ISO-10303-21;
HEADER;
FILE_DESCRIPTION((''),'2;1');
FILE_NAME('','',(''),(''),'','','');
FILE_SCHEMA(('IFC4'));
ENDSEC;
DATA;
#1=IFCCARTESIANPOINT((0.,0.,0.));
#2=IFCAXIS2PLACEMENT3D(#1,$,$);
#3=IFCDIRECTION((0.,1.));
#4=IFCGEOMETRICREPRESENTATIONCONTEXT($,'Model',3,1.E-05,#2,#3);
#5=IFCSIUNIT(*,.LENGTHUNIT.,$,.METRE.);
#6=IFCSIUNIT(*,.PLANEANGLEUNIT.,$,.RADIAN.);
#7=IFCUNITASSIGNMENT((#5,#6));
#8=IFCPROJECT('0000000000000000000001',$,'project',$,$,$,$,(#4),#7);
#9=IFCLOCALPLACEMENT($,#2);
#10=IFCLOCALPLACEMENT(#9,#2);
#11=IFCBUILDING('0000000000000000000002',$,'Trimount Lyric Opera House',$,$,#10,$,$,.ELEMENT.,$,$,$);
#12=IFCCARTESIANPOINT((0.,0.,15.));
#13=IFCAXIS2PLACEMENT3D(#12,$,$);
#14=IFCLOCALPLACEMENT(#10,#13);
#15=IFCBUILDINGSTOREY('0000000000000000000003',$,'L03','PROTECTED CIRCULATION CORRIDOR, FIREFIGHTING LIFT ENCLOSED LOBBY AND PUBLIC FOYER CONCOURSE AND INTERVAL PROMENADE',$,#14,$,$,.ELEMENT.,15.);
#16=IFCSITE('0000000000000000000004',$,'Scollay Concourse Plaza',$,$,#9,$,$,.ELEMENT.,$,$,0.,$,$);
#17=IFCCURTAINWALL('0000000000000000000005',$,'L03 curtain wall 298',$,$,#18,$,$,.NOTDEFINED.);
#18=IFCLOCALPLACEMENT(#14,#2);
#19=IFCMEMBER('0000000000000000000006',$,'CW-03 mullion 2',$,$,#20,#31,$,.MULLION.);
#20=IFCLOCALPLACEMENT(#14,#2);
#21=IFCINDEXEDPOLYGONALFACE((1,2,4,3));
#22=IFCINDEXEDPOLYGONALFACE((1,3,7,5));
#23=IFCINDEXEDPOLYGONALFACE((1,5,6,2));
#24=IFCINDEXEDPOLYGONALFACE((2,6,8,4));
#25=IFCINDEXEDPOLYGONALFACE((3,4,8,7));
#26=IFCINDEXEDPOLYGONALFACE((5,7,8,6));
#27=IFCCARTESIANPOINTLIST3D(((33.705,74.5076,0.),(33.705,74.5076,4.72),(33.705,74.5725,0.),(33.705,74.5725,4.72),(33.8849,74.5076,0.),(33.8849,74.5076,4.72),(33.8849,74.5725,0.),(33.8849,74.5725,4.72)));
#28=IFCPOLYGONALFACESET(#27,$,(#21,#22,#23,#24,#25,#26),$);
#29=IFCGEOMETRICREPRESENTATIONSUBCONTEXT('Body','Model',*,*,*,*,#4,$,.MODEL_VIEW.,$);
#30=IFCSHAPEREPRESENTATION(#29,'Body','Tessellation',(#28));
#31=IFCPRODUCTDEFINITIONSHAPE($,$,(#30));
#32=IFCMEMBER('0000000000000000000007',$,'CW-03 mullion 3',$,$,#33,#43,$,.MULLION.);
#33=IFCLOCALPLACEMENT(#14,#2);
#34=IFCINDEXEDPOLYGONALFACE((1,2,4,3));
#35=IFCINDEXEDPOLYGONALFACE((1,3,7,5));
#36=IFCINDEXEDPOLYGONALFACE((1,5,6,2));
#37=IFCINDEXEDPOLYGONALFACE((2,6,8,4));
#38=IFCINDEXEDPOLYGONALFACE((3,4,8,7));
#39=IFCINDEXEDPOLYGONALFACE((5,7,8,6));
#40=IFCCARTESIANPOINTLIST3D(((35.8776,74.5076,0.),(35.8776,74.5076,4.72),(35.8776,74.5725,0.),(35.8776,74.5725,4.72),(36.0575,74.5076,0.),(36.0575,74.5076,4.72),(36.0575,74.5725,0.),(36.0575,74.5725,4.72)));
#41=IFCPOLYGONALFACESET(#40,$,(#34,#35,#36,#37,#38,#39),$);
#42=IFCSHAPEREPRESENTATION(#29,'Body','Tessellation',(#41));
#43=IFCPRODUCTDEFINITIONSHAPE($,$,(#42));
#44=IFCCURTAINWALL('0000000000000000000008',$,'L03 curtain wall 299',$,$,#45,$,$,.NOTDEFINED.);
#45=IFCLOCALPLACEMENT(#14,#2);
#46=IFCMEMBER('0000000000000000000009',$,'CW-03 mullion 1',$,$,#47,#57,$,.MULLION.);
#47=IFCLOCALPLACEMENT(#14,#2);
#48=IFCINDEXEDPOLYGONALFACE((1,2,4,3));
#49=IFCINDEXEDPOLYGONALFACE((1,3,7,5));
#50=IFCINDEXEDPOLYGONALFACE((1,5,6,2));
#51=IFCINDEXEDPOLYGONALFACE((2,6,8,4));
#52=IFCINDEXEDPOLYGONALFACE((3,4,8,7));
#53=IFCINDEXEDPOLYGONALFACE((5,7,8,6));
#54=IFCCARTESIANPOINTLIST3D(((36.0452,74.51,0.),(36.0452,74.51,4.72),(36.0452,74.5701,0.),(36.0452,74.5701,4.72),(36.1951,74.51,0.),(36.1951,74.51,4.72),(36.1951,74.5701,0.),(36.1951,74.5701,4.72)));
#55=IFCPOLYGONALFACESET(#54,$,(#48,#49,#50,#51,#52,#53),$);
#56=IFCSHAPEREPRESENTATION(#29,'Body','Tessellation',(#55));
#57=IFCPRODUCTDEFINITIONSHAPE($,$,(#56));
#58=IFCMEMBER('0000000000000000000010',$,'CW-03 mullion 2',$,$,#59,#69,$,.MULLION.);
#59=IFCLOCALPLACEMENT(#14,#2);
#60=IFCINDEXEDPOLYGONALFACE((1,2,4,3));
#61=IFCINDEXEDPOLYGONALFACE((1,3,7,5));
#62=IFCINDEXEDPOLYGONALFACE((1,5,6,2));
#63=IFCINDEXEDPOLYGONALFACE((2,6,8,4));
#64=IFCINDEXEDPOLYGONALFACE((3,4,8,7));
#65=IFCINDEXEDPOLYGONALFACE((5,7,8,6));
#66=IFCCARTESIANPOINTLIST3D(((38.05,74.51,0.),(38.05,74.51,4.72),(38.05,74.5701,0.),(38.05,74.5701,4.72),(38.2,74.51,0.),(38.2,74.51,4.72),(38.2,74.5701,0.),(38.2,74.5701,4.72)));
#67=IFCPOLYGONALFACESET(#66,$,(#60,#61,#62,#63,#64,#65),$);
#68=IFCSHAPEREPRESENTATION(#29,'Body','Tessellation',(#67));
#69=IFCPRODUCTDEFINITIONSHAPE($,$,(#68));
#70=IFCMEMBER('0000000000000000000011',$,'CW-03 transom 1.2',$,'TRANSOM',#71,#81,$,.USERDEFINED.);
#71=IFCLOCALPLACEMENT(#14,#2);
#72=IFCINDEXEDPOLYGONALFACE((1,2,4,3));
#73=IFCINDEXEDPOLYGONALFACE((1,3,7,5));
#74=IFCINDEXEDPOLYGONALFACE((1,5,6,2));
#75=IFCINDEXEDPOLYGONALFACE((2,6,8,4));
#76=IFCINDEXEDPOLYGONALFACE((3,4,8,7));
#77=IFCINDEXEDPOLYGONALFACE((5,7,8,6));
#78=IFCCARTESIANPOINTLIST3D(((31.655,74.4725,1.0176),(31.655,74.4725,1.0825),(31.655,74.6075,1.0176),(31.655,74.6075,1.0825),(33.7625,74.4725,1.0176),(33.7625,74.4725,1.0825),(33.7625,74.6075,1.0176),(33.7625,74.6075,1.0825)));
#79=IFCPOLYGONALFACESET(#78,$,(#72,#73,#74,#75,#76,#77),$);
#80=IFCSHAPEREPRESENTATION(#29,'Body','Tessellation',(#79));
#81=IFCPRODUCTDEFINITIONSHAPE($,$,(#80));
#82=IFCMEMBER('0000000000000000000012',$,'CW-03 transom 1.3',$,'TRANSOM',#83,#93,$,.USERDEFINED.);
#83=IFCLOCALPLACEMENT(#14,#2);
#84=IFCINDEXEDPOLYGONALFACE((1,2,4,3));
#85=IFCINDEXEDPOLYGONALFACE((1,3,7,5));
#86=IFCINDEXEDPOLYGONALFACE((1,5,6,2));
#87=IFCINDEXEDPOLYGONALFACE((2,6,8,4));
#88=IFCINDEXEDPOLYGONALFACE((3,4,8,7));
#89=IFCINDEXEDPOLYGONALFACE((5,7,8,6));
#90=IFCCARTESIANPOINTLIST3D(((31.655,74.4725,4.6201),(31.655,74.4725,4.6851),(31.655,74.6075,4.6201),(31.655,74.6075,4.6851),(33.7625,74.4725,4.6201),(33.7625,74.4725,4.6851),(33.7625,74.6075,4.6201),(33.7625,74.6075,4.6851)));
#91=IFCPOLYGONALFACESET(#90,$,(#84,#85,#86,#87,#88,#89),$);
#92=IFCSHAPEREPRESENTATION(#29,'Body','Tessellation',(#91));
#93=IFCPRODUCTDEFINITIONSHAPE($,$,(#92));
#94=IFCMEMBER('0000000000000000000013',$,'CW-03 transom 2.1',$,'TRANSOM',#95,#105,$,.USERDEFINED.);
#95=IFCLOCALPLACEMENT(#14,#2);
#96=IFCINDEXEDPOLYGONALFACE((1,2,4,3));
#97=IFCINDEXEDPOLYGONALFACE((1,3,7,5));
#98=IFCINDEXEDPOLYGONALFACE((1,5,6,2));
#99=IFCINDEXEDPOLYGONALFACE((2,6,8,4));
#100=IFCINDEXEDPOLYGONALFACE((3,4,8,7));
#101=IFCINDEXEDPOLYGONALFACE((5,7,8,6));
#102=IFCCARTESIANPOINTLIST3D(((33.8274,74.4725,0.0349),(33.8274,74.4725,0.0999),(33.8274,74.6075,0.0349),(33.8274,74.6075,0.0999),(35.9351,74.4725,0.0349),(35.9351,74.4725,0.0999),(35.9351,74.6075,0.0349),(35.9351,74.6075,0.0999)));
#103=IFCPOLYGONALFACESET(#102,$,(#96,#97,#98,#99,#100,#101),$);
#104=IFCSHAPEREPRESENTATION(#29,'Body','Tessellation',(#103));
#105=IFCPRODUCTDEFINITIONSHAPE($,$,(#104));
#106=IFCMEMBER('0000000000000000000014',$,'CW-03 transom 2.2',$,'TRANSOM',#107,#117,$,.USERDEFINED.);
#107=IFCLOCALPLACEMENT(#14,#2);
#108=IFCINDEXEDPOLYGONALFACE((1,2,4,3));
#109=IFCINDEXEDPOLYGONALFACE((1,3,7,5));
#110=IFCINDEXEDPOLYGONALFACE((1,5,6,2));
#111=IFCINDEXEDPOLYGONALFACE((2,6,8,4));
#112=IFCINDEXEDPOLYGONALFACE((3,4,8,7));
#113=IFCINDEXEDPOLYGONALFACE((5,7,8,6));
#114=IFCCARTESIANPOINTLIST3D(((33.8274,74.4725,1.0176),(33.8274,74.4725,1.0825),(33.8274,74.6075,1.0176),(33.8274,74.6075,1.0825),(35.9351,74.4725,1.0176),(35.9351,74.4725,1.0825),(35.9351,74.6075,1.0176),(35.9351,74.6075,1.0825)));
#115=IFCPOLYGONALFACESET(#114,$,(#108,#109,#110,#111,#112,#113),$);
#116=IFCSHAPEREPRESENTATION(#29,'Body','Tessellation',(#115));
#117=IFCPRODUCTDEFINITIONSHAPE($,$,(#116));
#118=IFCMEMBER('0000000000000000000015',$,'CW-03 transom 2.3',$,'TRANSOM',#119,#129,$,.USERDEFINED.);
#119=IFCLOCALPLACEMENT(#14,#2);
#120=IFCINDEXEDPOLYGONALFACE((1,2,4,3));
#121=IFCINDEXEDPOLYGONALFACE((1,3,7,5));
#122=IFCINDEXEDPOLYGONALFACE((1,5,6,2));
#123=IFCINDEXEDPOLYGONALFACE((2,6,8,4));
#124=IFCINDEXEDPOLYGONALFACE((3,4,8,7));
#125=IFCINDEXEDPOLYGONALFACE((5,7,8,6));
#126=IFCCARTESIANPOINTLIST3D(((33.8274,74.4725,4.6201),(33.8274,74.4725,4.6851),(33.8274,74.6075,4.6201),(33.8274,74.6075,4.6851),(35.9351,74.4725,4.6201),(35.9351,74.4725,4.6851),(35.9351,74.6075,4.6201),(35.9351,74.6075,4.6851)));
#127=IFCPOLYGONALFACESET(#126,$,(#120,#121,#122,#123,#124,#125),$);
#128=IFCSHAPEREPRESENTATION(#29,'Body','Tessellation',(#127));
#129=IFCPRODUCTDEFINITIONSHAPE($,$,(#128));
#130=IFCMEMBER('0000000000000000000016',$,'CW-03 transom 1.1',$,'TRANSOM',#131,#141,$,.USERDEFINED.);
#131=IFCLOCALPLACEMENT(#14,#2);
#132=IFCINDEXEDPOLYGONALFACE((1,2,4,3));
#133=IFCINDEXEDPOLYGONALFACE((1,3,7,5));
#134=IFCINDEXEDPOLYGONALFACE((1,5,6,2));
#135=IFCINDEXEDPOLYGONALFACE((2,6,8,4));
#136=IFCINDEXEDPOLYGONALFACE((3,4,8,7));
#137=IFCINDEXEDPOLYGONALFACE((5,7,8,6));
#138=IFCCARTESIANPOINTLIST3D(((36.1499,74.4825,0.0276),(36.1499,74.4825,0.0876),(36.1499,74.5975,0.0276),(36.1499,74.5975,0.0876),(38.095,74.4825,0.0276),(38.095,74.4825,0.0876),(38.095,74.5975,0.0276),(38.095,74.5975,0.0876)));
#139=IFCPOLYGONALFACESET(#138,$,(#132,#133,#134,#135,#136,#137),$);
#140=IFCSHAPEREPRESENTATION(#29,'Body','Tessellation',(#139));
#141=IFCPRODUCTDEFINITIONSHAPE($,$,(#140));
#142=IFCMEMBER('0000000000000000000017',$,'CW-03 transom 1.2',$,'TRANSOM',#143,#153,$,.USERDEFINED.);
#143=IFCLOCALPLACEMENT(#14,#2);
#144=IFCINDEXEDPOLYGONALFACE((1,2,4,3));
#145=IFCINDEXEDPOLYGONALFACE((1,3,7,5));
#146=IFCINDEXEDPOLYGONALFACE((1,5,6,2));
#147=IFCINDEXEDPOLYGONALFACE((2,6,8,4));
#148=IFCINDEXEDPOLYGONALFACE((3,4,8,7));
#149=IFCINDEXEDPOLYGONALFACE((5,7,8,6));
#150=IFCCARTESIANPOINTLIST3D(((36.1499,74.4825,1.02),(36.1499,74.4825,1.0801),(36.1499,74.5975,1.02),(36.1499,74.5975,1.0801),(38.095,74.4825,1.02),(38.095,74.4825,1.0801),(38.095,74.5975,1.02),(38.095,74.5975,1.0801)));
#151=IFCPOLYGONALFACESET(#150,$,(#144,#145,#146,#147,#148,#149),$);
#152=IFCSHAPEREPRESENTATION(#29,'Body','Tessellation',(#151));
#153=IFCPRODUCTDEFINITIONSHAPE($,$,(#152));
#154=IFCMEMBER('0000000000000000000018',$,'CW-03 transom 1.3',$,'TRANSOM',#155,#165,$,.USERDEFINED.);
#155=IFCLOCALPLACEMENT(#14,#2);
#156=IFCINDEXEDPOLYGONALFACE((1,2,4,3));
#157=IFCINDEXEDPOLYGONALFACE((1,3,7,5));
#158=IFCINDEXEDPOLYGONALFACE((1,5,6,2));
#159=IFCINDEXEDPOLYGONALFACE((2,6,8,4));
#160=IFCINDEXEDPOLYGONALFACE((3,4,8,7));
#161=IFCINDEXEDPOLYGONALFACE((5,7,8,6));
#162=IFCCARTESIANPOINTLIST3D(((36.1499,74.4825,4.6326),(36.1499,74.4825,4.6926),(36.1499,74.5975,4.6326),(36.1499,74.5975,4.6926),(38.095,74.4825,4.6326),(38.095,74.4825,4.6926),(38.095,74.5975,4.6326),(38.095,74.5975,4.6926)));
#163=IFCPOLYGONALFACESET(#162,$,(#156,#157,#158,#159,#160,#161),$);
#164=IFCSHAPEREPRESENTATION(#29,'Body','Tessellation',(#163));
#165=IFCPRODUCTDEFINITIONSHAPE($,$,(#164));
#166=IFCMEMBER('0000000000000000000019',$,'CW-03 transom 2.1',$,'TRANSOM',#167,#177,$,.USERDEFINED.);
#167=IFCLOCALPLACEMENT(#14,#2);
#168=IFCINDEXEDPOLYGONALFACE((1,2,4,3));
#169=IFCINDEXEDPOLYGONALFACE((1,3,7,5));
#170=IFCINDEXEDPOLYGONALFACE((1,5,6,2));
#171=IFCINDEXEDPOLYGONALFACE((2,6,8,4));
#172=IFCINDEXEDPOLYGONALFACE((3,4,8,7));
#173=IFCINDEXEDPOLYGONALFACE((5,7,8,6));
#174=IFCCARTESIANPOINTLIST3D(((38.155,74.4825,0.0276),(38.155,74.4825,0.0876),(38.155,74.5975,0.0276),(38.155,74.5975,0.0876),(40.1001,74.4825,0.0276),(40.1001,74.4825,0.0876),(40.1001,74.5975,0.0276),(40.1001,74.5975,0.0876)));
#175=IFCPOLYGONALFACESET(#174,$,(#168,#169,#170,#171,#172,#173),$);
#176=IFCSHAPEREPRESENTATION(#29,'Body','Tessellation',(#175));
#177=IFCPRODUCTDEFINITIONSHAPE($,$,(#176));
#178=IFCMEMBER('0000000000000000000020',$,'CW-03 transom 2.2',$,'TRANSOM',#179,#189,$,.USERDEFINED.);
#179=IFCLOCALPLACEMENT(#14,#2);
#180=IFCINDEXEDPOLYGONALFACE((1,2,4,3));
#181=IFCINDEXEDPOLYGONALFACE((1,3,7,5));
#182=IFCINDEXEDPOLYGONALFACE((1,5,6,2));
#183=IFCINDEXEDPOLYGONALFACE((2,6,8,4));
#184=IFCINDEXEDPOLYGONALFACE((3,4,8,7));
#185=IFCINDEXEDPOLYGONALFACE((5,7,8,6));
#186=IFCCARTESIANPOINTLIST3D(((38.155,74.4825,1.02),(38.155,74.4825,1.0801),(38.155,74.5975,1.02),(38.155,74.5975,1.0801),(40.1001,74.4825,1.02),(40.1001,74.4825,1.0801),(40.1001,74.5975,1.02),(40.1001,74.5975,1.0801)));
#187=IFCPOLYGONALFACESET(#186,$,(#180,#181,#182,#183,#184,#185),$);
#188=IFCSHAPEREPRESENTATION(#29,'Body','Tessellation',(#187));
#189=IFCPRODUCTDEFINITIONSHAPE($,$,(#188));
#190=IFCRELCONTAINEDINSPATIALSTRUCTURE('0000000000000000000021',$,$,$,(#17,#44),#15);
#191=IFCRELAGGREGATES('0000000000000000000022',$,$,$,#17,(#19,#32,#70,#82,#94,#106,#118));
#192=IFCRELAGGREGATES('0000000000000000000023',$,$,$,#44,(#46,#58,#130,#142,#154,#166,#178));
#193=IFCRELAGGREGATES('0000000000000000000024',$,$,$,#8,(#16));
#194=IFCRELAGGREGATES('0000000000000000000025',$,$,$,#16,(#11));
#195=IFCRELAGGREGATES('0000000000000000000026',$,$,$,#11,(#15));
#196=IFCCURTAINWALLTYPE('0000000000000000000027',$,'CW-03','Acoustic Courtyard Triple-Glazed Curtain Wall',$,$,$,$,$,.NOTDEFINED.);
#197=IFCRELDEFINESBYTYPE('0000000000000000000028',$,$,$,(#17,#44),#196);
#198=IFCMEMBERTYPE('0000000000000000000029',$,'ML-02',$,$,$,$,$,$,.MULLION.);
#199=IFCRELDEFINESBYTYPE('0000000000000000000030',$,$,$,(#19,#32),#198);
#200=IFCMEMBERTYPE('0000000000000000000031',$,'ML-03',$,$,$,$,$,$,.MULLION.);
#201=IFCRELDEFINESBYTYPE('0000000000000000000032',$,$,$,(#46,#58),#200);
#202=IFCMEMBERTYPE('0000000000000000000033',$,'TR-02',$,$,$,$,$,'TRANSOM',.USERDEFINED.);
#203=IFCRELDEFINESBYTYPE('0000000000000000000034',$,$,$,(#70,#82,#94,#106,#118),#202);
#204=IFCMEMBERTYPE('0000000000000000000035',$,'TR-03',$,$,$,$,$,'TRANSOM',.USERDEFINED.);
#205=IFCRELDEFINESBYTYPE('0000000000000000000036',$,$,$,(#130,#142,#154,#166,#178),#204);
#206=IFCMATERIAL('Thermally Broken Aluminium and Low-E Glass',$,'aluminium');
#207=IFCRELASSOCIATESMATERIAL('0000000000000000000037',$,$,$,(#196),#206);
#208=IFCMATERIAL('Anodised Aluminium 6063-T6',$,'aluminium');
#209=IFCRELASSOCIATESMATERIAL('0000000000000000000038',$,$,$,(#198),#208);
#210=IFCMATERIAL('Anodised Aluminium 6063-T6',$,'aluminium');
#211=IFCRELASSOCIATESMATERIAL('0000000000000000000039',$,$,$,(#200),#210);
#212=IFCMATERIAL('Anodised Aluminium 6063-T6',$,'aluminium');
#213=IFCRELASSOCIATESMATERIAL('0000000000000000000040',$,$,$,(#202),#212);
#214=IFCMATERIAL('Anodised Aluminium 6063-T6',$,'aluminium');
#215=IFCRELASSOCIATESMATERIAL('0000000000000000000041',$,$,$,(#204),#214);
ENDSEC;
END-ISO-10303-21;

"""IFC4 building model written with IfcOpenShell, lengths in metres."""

from ifc_helpers import new_model, si_unit, direction, frame, origin, origin_2d, place, context, subcontext, project, spatial, rectangle, extrude, material, material_profile, profile_set, type_object, element, aggregate, save


model = new_model("IFC4")

# Units and contexts
model_context = context("Model", 3, precision=1e-05, world=origin(), true_north=direction((0.0, 1.0)))
body_context = subcontext(model_context, "Body", "Model", "MODEL_VIEW")
ifc_project = project(units=[si_unit("LENGTHUNIT", "METRE"), si_unit("PLANEANGLEUNIT", "RADIAN")], contexts=[model_context])

# Site, building, storey
site_placement = place(None, origin())
site = spatial("IfcSite", under=ifc_project, at=site_placement, Name="Scollay Concourse Plaza", CompositionType="ELEMENT", RefElevation=0.0)
building_placement = place(site_placement, origin())
building = spatial("IfcBuilding", under=site, at=building_placement, Name="Trimount Lyric Opera House", CompositionType="ELEMENT")
storey_placement = place(building_placement, frame((0.0, 0.0, 15.0)))
storey = spatial("IfcBuildingStorey", under=building, at=storey_placement, Name="L03", Description="PROTECTED CIRCULATION CORRIDOR, FIREFIGHTING LIFT ENCLOSED LOBBY AND PUBLIC FOYER CONCOURSE AND INTERVAL PROMENADE", CompositionType="ELEMENT", Elevation=15.0)

# Curtain walls, members
ifc_material_1 = material(Name="Thermally Broken Aluminium and Low-E Glass", Category="aluminium")
curtain_wall_type = type_object("IfcCurtainWallType", Name="CW-03", Description="Acoustic Courtyard Triple-Glazed Curtain Wall", PredefinedType="NOTDEFINED", material=ifc_material_1)
curtain_wall_1_placement = place(storey_placement, origin())
curtain_wall_1 = element("IfcCurtainWall", 1, at=curtain_wall_1_placement, inside=storey, type_object=curtain_wall_type, Name="L03 curtain wall 298", PredefinedType="NOTDEFINED")
ifc_material_2 = material(Name="Anodised Aluminium 6063-T6", Category="aluminium")
ifc_material_profile_1 = material_profile(ifc_material_2, rectangle(XDim=0.0649, YDim=0.1799, at=origin_2d()), Name="ALU-MULL-65X180")
ifc_profile_set_1 = profile_set([ifc_material_profile_1], Name="Anodised Aluminium 6063-T6")
member_type_1 = type_object("IfcMemberType", Name="ML-02", PredefinedType="MULLION", material=ifc_profile_set_1)
member_1_placement = place(storey_placement, frame((33.7949, 74.54, 0.0), z_axis=(0.0, 0.0, 1.0), x_axis=(0.0, 1.0, 0.0)))
member_1 = element("IfcMember", 2, at=member_1_placement, type_object=member_type_1, Name="CW-03 mullion 2", PredefinedType="MULLION", context=body_context, shape_type="SweptSolid", body=[
    extrude(rectangle(XDim=0.0649, YDim=0.1799, at=origin_2d()), origin(), (0.0, 0.0, 1.0), 4.72),
])
member_2_placement = place(storey_placement, frame((35.9675, 74.54, 0.0), z_axis=(0.0, 0.0, 1.0), x_axis=(0.0, 1.0, 0.0)))
member_2 = element("IfcMember", 3, at=member_2_placement, type_object=member_type_1, Name="CW-03 mullion 3", PredefinedType="MULLION", context=body_context, shape_type="SweptSolid", body=[
    extrude(rectangle(XDim=0.0649, YDim=0.1799, at=origin_2d()), origin(), (0.0, 0.0, 1.0), 4.72),
])
curtain_wall_2_placement = place(storey_placement, origin())
curtain_wall_2 = element("IfcCurtainWall", 4, at=curtain_wall_2_placement, inside=storey, type_object=curtain_wall_type, Name="L03 curtain wall 299", PredefinedType="NOTDEFINED")
ifc_material_3 = material(Name="Anodised Aluminium 6063-T6", Category="aluminium")
ifc_material_profile_2 = material_profile(ifc_material_3, rectangle(XDim=0.0601, YDim=0.1499, at=origin_2d()), Name="ALU-MULL-60X150")
ifc_profile_set_2 = profile_set([ifc_material_profile_2], Name="Anodised Aluminium 6063-T6")
member_type_2 = type_object("IfcMemberType", Name="ML-03", PredefinedType="MULLION", material=ifc_profile_set_2)
member_3_placement = place(storey_placement, frame((36.1201, 74.54, 0.0), z_axis=(0.0, 0.0, 1.0), x_axis=(0.0, 1.0, 0.0)))
member_3 = element("IfcMember", 5, at=member_3_placement, type_object=member_type_2, Name="CW-03 mullion 1", PredefinedType="MULLION", context=body_context, shape_type="SweptSolid", body=[
    extrude(rectangle(XDim=0.0601, YDim=0.1499, at=origin_2d()), origin(), (0.0, 0.0, 1.0), 4.72),
])
member_4_placement = place(storey_placement, frame((38.125, 74.54, 0.0), z_axis=(0.0, 0.0, 1.0), x_axis=(0.0, 1.0, 0.0)))
member_4 = element("IfcMember", 6, at=member_4_placement, type_object=member_type_2, Name="CW-03 mullion 2", PredefinedType="MULLION", context=body_context, shape_type="SweptSolid", body=[
    extrude(rectangle(XDim=0.0601, YDim=0.1499, at=origin_2d()), origin(), (0.0, 0.0, 1.0), 4.72),
])

# Members
ifc_material_4 = material(Name="Anodised Aluminium 6063-T6", Category="aluminium")
ifc_material_profile_3 = material_profile(ifc_material_4, rectangle(XDim=0.135, YDim=0.0649, at=origin_2d()), Name="ALU-TRAN-65X135")
ifc_profile_set_3 = profile_set([ifc_material_profile_3], Name="Anodised Aluminium 6063-T6")
member_type_3 = type_object("IfcMemberType", Name="TR-02", ElementType="TRANSOM", PredefinedType="USERDEFINED", material=ifc_profile_set_3)
member_5_placement = place(storey_placement, frame((31.655, 74.54, 1.05), z_axis=(1.0, 0.0, 0.0), x_axis=(0.0, 1.0, 0.0)))
member_5 = element("IfcMember", 7, at=member_5_placement, type_object=member_type_3, Name="CW-03 transom 1.2", ObjectType="TRANSOM", PredefinedType="USERDEFINED", context=body_context, shape_type="SweptSolid", body=[
    extrude(rectangle(XDim=0.135, YDim=0.0649, at=origin_2d()), origin(), (0.0, 0.0, 1.0), 2.1074),
])
member_6_placement = place(storey_placement, frame((31.655, 74.54, 4.6526), z_axis=(1.0, 0.0, 0.0), x_axis=(0.0, 1.0, 0.0)))
member_6 = element("IfcMember", 8, at=member_6_placement, type_object=member_type_3, Name="CW-03 transom 1.3", ObjectType="TRANSOM", PredefinedType="USERDEFINED", context=body_context, shape_type="SweptSolid", body=[
    extrude(rectangle(XDim=0.135, YDim=0.0649, at=origin_2d()), origin(), (0.0, 0.0, 1.0), 2.1074),
])
member_7_placement = place(storey_placement, frame((33.8274, 74.54, 0.0674), z_axis=(1.0, 0.0, 0.0), x_axis=(0.0, 1.0, 0.0)))
member_7 = element("IfcMember", 9, at=member_7_placement, type_object=member_type_3, Name="CW-03 transom 2.1", ObjectType="TRANSOM", PredefinedType="USERDEFINED", context=body_context, shape_type="SweptSolid", body=[
    extrude(rectangle(XDim=0.135, YDim=0.0649, at=origin_2d()), origin(), (0.0, 0.0, 1.0), 2.1077),
])
member_8_placement = place(storey_placement, frame((33.8274, 74.54, 1.05), z_axis=(1.0, 0.0, 0.0), x_axis=(0.0, 1.0, 0.0)))
member_8 = element("IfcMember", 10, at=member_8_placement, type_object=member_type_3, Name="CW-03 transom 2.2", ObjectType="TRANSOM", PredefinedType="USERDEFINED", context=body_context, shape_type="SweptSolid", body=[
    extrude(rectangle(XDim=0.135, YDim=0.0649, at=origin_2d()), origin(), (0.0, 0.0, 1.0), 2.1077),
])
member_9_placement = place(storey_placement, frame((33.8274, 74.54, 4.6526), z_axis=(1.0, 0.0, 0.0), x_axis=(0.0, 1.0, 0.0)))
member_9 = element("IfcMember", 11, at=member_9_placement, type_object=member_type_3, Name="CW-03 transom 2.3", ObjectType="TRANSOM", PredefinedType="USERDEFINED", context=body_context, shape_type="SweptSolid", body=[
    extrude(rectangle(XDim=0.135, YDim=0.0649, at=origin_2d()), origin(), (0.0, 0.0, 1.0), 2.1077),
])
ifc_material_5 = material(Name="Anodised Aluminium 6063-T6", Category="aluminium")
ifc_material_profile_4 = material_profile(ifc_material_5, rectangle(XDim=0.115, YDim=0.0601, at=origin_2d()), Name="ALU-TRAN-60X115")
ifc_profile_set_4 = profile_set([ifc_material_profile_4], Name="Anodised Aluminium 6063-T6")
member_type_4 = type_object("IfcMemberType", Name="TR-03", ElementType="TRANSOM", PredefinedType="USERDEFINED", material=ifc_profile_set_4)
member_10_placement = place(storey_placement, frame((36.1499, 74.54, 0.0576), z_axis=(1.0, 0.0, 0.0), x_axis=(0.0, 1.0, 0.0)))
member_10 = element("IfcMember", 12, at=member_10_placement, type_object=member_type_4, Name="CW-03 transom 1.1", ObjectType="TRANSOM", PredefinedType="USERDEFINED", context=body_context, shape_type="SweptSolid", body=[
    extrude(rectangle(XDim=0.115, YDim=0.0601, at=origin_2d()), origin(), (0.0, 0.0, 1.0), 1.9451),
])
member_11_placement = place(storey_placement, frame((36.1499, 74.54, 1.05), z_axis=(1.0, 0.0, 0.0), x_axis=(0.0, 1.0, 0.0)))
member_11 = element("IfcMember", 13, at=member_11_placement, type_object=member_type_4, Name="CW-03 transom 1.2", ObjectType="TRANSOM", PredefinedType="USERDEFINED", context=body_context, shape_type="SweptSolid", body=[
    extrude(rectangle(XDim=0.115, YDim=0.0601, at=origin_2d()), origin(), (0.0, 0.0, 1.0), 1.9451),
])
member_12_placement = place(storey_placement, frame((36.1499, 74.54, 4.6626), z_axis=(1.0, 0.0, 0.0), x_axis=(0.0, 1.0, 0.0)))
member_12 = element("IfcMember", 14, at=member_12_placement, type_object=member_type_4, Name="CW-03 transom 1.3", ObjectType="TRANSOM", PredefinedType="USERDEFINED", context=body_context, shape_type="SweptSolid", body=[
    extrude(rectangle(XDim=0.115, YDim=0.0601, at=origin_2d()), origin(), (0.0, 0.0, 1.0), 1.9451),
])
member_13_placement = place(storey_placement, frame((38.155, 74.54, 0.0576), z_axis=(1.0, 0.0, 0.0), x_axis=(0.0, 1.0, 0.0)))
member_13 = element("IfcMember", 15, at=member_13_placement, type_object=member_type_4, Name="CW-03 transom 2.1", ObjectType="TRANSOM", PredefinedType="USERDEFINED", context=body_context, shape_type="SweptSolid", body=[
    extrude(rectangle(XDim=0.115, YDim=0.0601, at=origin_2d()), origin(), (0.0, 0.0, 1.0), 1.9451),
])
member_14_placement = place(storey_placement, frame((38.155, 74.54, 1.05), z_axis=(1.0, 0.0, 0.0), x_axis=(0.0, 1.0, 0.0)))
member_14 = element("IfcMember", 16, at=member_14_placement, type_object=member_type_4, Name="CW-03 transom 2.2", ObjectType="TRANSOM", PredefinedType="USERDEFINED", context=body_context, shape_type="SweptSolid", body=[
    extrude(rectangle(XDim=0.115, YDim=0.0601, at=origin_2d()), origin(), (0.0, 0.0, 1.0), 1.9451),
])

aggregate(curtain_wall_1, [member_1, member_2, member_5, member_6, member_7, member_8, member_9])
aggregate(curtain_wall_2, [member_3, member_4, member_10, member_11, member_12, member_13, member_14])

save(model, "model.ifc")
